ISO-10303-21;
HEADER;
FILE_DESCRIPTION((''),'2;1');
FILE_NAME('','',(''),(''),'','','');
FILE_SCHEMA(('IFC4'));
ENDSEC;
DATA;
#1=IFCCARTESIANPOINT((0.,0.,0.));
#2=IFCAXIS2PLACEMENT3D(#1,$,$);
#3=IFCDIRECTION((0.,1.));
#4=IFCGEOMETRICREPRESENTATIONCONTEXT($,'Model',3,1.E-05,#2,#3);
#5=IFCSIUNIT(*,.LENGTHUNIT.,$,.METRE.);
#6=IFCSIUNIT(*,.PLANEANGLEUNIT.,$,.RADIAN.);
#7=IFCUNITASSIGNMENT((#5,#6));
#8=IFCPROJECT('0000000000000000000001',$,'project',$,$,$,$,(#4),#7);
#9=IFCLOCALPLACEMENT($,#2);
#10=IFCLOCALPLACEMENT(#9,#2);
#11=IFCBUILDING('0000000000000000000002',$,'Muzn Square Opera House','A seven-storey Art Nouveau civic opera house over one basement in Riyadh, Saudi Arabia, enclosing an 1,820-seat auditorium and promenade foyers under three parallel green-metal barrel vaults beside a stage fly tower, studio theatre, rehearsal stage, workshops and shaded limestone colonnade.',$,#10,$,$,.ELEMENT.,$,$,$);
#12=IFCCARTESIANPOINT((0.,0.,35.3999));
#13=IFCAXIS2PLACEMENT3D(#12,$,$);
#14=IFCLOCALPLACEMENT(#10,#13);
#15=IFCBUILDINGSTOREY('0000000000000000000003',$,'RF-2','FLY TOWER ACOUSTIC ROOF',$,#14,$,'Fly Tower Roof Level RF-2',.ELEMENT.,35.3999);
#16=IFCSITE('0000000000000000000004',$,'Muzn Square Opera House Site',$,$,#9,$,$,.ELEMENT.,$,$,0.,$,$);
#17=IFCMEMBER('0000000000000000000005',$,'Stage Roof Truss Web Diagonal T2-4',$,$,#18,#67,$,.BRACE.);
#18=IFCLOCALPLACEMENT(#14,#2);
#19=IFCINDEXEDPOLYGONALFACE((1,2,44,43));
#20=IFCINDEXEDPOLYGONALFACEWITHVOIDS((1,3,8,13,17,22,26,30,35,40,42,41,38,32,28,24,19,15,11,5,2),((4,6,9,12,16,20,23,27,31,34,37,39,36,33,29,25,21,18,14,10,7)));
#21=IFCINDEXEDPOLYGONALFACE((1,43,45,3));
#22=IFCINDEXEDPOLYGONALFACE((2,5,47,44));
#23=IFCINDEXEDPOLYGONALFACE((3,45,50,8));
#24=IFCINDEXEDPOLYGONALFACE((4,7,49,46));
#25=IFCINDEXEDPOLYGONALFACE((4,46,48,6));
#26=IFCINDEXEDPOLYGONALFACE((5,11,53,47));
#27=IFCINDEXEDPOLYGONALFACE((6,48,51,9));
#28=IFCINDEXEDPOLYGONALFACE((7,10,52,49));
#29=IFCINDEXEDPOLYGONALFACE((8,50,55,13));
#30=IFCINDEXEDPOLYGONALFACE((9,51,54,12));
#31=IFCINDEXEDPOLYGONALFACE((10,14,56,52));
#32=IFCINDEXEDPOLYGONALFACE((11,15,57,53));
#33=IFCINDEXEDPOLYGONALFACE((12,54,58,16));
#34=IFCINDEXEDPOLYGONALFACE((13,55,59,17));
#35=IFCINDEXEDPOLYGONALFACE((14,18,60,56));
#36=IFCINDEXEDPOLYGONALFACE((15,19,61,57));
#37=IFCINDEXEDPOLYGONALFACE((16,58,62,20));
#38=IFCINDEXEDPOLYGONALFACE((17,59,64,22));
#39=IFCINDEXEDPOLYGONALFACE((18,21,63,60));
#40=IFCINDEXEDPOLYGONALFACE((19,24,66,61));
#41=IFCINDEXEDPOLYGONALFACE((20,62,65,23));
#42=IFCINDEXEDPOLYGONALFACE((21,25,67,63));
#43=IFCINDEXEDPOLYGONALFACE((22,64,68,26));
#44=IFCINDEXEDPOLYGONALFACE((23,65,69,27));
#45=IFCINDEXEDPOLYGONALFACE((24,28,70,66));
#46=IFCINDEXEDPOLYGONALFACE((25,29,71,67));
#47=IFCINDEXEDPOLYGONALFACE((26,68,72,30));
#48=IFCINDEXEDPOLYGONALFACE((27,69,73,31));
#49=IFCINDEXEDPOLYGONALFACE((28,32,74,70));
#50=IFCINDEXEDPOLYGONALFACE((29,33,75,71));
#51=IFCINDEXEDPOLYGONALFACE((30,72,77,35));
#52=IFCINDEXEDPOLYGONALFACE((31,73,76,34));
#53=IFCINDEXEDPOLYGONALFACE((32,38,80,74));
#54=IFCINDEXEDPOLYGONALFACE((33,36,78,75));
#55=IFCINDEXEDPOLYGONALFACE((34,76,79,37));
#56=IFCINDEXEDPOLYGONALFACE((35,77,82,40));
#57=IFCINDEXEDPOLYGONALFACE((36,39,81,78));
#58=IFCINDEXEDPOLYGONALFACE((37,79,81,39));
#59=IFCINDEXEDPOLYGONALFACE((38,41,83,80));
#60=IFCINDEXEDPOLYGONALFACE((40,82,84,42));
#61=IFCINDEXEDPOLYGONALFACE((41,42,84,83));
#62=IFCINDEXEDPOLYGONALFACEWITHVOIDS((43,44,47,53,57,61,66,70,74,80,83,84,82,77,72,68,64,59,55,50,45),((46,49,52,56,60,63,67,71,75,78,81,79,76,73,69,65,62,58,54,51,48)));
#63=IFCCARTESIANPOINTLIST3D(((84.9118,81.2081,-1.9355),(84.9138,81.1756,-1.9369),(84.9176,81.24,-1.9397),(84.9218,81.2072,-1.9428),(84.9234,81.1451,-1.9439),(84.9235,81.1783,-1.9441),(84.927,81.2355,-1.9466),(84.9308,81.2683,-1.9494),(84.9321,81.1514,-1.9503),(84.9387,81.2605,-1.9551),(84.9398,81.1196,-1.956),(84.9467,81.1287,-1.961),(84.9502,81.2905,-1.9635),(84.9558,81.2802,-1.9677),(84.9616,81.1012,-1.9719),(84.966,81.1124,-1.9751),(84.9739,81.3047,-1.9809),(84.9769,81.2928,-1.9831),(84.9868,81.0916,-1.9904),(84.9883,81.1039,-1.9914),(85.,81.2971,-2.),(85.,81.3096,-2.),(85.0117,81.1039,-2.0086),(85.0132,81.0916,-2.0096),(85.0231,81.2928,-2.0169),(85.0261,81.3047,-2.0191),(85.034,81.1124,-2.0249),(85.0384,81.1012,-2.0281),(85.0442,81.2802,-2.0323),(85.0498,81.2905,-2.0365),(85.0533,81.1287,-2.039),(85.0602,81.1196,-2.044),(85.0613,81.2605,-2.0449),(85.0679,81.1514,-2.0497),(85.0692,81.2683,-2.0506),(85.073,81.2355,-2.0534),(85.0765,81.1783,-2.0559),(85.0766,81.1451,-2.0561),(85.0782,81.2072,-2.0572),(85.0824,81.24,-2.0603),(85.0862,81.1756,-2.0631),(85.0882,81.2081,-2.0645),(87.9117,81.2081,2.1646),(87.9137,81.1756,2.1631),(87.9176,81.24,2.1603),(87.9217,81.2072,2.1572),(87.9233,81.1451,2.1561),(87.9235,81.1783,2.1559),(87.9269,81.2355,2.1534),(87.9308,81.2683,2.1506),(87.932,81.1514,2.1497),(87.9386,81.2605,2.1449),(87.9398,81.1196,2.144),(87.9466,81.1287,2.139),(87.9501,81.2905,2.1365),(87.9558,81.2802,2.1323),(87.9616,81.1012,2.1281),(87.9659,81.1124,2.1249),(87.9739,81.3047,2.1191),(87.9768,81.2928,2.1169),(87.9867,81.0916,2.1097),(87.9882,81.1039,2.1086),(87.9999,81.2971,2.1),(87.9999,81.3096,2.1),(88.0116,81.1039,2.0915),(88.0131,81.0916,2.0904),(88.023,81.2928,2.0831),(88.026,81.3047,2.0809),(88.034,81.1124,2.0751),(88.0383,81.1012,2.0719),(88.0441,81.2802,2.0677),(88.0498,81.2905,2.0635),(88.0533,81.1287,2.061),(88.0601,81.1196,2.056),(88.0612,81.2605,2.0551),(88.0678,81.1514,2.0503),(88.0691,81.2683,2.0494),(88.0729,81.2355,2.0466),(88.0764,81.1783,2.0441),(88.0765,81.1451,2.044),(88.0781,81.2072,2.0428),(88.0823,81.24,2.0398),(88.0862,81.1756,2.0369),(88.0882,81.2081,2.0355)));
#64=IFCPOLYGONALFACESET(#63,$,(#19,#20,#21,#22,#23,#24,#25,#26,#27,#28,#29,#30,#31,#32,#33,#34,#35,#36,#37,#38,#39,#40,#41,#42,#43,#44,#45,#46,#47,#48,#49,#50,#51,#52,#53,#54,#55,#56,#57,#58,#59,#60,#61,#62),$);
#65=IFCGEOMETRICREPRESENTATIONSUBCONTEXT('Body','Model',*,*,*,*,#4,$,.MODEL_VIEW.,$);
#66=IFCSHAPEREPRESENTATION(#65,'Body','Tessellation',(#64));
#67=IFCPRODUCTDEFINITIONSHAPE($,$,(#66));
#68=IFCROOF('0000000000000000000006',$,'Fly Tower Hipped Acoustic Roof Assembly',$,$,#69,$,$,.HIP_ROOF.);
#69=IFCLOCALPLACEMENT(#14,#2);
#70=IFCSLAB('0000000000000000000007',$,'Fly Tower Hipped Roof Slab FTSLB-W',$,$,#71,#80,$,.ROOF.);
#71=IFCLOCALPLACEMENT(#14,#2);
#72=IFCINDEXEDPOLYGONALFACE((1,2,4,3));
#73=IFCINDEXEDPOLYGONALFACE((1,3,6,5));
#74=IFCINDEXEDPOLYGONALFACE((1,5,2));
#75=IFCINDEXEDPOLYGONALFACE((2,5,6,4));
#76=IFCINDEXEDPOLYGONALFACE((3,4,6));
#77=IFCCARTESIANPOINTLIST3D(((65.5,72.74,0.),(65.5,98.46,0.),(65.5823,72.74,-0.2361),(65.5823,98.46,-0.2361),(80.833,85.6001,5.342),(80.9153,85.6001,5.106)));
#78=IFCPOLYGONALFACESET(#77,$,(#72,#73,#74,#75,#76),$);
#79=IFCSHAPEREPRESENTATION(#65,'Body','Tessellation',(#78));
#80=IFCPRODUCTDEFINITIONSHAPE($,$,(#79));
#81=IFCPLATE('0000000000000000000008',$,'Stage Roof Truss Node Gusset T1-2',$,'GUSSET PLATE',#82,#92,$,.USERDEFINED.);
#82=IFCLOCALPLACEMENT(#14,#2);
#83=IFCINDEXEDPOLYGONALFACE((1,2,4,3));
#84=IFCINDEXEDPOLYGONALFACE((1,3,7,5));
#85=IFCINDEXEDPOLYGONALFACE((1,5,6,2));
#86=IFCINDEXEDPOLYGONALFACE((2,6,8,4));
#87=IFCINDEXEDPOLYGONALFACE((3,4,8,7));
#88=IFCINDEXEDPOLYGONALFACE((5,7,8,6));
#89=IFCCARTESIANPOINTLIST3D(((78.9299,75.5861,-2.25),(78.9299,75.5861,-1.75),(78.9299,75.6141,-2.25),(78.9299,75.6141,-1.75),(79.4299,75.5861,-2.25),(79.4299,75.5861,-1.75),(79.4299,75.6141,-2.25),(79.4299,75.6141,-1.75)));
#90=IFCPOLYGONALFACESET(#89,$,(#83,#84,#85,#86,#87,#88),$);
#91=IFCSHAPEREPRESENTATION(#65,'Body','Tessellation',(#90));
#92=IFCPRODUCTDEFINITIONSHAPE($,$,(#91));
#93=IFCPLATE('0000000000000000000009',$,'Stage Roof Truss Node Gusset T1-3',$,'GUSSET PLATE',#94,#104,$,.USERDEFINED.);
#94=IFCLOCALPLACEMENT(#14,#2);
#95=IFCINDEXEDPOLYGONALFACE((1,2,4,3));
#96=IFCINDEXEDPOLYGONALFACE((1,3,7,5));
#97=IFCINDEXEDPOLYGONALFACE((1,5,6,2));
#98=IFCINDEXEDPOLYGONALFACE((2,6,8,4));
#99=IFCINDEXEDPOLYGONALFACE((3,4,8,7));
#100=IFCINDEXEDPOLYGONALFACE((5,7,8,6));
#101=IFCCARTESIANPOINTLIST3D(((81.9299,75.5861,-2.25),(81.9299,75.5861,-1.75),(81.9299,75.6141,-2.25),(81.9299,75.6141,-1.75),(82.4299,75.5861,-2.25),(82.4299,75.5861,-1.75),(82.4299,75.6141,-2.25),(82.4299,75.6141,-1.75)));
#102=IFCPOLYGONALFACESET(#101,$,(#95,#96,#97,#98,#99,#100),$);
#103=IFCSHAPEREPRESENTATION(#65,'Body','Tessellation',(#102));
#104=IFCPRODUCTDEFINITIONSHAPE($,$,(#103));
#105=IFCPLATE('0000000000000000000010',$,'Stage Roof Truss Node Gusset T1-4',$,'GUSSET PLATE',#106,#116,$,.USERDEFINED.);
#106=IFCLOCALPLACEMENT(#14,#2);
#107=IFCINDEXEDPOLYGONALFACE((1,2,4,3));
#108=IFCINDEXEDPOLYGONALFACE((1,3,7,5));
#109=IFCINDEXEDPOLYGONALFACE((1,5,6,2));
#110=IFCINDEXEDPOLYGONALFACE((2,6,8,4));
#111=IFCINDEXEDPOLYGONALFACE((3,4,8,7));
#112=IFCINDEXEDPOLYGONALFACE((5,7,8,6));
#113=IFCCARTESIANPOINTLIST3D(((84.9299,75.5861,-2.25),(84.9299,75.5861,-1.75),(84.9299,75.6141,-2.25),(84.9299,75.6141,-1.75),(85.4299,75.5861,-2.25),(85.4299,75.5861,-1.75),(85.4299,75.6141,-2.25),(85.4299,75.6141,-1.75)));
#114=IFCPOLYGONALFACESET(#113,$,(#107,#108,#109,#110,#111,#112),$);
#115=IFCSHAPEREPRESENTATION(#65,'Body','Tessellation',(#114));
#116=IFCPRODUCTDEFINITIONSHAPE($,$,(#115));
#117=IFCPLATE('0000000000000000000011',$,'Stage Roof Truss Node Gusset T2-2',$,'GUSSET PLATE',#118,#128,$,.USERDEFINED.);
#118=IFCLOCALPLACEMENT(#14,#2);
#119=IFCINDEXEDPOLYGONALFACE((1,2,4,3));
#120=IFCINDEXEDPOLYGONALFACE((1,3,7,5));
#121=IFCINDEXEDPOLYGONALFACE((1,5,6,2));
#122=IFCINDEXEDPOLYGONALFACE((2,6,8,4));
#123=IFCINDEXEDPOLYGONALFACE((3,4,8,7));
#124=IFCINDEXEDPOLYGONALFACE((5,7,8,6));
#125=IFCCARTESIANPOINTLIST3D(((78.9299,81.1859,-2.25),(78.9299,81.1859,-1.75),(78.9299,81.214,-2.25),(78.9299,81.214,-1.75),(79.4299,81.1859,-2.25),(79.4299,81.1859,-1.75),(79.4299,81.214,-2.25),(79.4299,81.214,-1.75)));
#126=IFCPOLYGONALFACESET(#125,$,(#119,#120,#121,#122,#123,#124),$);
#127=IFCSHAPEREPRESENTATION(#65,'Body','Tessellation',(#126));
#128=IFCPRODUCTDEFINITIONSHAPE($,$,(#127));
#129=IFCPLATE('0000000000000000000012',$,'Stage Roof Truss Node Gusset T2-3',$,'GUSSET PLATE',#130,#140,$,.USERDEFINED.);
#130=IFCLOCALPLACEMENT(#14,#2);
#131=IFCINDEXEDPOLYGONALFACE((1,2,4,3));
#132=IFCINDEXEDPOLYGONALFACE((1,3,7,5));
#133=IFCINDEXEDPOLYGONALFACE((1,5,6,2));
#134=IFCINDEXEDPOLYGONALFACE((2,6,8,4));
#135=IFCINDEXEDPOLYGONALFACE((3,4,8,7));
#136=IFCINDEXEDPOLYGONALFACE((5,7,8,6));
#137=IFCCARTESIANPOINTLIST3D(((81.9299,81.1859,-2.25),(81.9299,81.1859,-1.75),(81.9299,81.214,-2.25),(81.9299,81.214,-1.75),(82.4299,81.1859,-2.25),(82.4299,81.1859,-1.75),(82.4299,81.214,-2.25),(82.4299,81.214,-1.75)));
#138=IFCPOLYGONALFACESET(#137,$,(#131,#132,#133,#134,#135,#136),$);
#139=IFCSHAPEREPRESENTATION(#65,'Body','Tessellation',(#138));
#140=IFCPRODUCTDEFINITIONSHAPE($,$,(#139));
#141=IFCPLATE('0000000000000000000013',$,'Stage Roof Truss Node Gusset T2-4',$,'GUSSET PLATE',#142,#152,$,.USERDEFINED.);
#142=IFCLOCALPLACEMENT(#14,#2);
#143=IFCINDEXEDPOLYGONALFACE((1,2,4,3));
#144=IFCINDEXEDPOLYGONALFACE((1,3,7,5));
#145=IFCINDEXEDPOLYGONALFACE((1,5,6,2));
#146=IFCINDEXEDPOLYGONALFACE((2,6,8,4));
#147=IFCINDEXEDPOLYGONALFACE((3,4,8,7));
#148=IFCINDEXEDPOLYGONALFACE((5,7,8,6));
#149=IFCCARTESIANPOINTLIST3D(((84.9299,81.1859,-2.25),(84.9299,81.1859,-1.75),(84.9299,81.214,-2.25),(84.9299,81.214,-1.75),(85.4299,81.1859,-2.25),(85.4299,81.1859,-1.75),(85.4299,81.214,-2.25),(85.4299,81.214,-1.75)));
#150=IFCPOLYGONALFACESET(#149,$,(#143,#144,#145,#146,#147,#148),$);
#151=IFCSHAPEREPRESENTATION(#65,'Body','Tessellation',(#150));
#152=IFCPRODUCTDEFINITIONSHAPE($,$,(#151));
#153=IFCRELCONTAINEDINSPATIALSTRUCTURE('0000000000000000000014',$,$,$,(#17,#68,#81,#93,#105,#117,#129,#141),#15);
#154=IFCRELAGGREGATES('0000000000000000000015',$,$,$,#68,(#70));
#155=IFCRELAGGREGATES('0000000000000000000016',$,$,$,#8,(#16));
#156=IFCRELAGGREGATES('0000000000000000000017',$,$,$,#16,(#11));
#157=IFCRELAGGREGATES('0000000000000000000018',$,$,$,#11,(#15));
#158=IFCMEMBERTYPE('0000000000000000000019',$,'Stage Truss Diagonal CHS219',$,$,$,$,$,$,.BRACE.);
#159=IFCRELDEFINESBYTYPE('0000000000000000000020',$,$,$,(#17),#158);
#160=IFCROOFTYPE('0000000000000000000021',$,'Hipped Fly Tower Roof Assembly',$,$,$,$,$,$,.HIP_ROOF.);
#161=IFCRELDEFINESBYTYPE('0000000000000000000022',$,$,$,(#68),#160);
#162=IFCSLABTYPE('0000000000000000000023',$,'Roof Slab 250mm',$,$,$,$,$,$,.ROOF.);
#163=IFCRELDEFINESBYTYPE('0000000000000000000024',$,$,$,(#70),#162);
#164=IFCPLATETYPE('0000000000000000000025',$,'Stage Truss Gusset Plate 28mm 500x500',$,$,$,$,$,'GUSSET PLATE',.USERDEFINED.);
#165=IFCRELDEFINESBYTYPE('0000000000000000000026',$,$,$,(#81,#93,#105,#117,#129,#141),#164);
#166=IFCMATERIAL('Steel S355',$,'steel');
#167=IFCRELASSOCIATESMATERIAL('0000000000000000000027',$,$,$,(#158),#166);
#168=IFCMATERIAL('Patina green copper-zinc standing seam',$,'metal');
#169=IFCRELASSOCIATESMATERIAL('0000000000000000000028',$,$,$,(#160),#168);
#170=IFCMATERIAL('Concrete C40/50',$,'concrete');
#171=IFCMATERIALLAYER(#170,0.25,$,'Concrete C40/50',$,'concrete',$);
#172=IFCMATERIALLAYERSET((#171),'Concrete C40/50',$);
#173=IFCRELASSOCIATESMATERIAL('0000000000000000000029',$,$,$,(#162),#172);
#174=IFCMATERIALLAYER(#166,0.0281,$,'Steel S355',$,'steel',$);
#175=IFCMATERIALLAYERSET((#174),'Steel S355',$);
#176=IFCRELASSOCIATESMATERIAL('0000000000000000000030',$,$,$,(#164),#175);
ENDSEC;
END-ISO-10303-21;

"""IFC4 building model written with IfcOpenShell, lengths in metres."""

from ifc_helpers import new_model, si_unit, direction, frame, origin, origin_2d, place, context, subcontext, project, spatial, polyline, rectangle, hollow_circle, outline, extrude, material, layer, layer_set, material_profile, profile_set, type_object, element, aggregate, save


model = new_model("IFC4")

# Units and contexts
model_context = context("Model", 3, precision=1e-05, world=origin(), true_north=direction((0.0, 1.0)))
body_context = subcontext(model_context, "Body", "Model", "MODEL_VIEW")
ifc_project = project(units=[si_unit("LENGTHUNIT", "METRE"), si_unit("PLANEANGLEUNIT", "RADIAN")], contexts=[model_context])

# Site, building, storey
site_placement = place(None, origin())
site = spatial("IfcSite", under=ifc_project, at=site_placement, Name="Muzn Square Opera House Site", CompositionType="ELEMENT", RefElevation=0.0)
building_placement = place(site_placement, origin())
building = spatial("IfcBuilding", under=site, at=building_placement, Name="Muzn Square Opera House", Description="A seven-storey Art Nouveau civic opera house over one basement in Riyadh, Saudi Arabia, enclosing an 1,820-seat auditorium and promenade foyers under three parallel green-metal barrel vaults beside a stage fly tower, studio theatre, rehearsal stage, workshops and shaded limestone colonnade.", CompositionType="ELEMENT")
storey_placement = place(building_placement, frame((0.0, 0.0, 35.3999)))
storey = spatial("IfcBuildingStorey", under=building, at=storey_placement, Name="RF-2", Description="FLY TOWER ACOUSTIC ROOF", LongName="Fly Tower Roof Level RF-2", CompositionType="ELEMENT", Elevation=35.3999)

# Member
ifc_material_1 = material(Name="Steel S355", Category="steel")
ifc_material_profile_1 = material_profile(ifc_material_1, hollow_circle(Radius=0.1096, WallThickness=0.0125, at=origin_2d()), Name="CHS 219.1x12.5", Category="steel")
ifc_profile_set_1 = profile_set([ifc_material_profile_1], Name="Steel S355")
member_type_1 = type_object("IfcMemberType", Name="Stage Truss Diagonal CHS219", PredefinedType="BRACE", material=ifc_profile_set_1)
member_1_placement = place(storey_placement, frame((85.0, 81.2, -2.0), z_axis=(0.590501, 0.0, 0.807037), x_axis=(0.0, 1.0, 0.0)))
element("IfcMember", 1, at=member_1_placement, inside=storey, type_object=member_type_1, Name="Stage Roof Truss Web Diagonal T2-4", PredefinedType="BRACE", context=body_context, shape_type="SweptSolid", body=[
    extrude(hollow_circle(Radius=0.1096, WallThickness=0.0125, at=origin_2d()), origin(), (0.0, 0.0, 1.0), 5.0803),
])

# Roof, slab
ifc_material_2 = material(Name="Patina green copper-zinc standing seam", Category="metal")
roof_type = type_object("IfcRoofType", Name="Hipped Fly Tower Roof Assembly", PredefinedType="HIP_ROOF", material=ifc_material_2)
roof_placement = place(storey_placement, origin())
roof = element("IfcRoof", 2, at=roof_placement, inside=storey, type_object=roof_type, Name="Fly Tower Hipped Acoustic Roof Assembly", PredefinedType="HIP_ROOF")
ifc_material_3 = material(Name="Concrete C40/50", Category="concrete")
ifc_layer_1 = layer(ifc_material_3, 0.25, Name="Concrete C40/50", Category="concrete")
ifc_layer_set_1 = layer_set([ifc_layer_1], Name="Concrete C40/50")
slab_type = type_object("IfcSlabType", Name="Roof Slab 250mm", PredefinedType="ROOF", material=ifc_layer_set_1)
slab_placement = place(storey_placement, frame((80.833, 85.6001, 5.342), z_axis=(-0.329005, 0.0, 0.944328), x_axis=(-0.740272, 0.620869, -0.257912)))
slab = element("IfcSlab", 3, at=slab_placement, type_object=slab_type, Name="Fly Tower Hipped Roof Slab FTSLB-W", PredefinedType="ROOF", context=body_context, shape_type="SweptSolid", body=[
    extrude(outline(polyline([(20.7127, 0.0), (4.7439, 20.1622), (0.0, 0.0), (20.7127, 0.0)])), origin(), (0.0, 0.0, -1.0), 0.25),
])
aggregate(roof, [slab])

# Plates
ifc_layer_2 = layer(ifc_material_1, 0.0281, Name="Steel S355", Category="steel")
ifc_layer_set_2 = layer_set([ifc_layer_2], Name="Steel S355")
plate_type = type_object("IfcPlateType", Name="Stage Truss Gusset Plate 28mm 500x500", ElementType="GUSSET PLATE", PredefinedType="USERDEFINED", material=ifc_layer_set_2)
for number, where, z_axis, x_axis, name in (
    (4, (79.1799, 75.6001, -2.25), (0.0, 0.0, 1.0), (1.0, 0.0, 0.0), "Stage Roof Truss Node Gusset T1-2"),
    (5, (82.1799, 75.6001, -2.25), (0.0, 0.0, 1.0), (1.0, 0.0, 0.0), "Stage Roof Truss Node Gusset T1-3"),
    (6, (85.1799, 75.6001, -2.25), (0.0, 0.0, 1.0), (1.0, 0.0, 0.0), "Stage Roof Truss Node Gusset T1-4"),
    (7, (79.1799, 81.2, -2.25), (0.0, 0.0, 1.0), (1.0, 0.0, 0.0), "Stage Roof Truss Node Gusset T2-2"),
    (8, (82.1799, 81.2, -2.25), (0.0, 0.0, 1.0), (1.0, 0.0, 0.0), "Stage Roof Truss Node Gusset T2-3"),
    (9, (85.1799, 81.2, -2.25), (0.0, 0.0, 1.0), (1.0, 0.0, 0.0), "Stage Roof Truss Node Gusset T2-4"),
):
    element("IfcPlate", number, at=place(storey_placement, frame(where, z_axis=z_axis, x_axis=x_axis)), inside=storey, type_object=plate_type, Name=name, ObjectType="GUSSET PLATE", PredefinedType="USERDEFINED", context=body_context, shape_type="SweptSolid", body=[
        extrude(rectangle(XDim=0.5, YDim=0.0281, at=origin_2d()), origin(), (0.0, 0.0, 1.0), 0.5),
    ])

save(model, "model.ifc")
